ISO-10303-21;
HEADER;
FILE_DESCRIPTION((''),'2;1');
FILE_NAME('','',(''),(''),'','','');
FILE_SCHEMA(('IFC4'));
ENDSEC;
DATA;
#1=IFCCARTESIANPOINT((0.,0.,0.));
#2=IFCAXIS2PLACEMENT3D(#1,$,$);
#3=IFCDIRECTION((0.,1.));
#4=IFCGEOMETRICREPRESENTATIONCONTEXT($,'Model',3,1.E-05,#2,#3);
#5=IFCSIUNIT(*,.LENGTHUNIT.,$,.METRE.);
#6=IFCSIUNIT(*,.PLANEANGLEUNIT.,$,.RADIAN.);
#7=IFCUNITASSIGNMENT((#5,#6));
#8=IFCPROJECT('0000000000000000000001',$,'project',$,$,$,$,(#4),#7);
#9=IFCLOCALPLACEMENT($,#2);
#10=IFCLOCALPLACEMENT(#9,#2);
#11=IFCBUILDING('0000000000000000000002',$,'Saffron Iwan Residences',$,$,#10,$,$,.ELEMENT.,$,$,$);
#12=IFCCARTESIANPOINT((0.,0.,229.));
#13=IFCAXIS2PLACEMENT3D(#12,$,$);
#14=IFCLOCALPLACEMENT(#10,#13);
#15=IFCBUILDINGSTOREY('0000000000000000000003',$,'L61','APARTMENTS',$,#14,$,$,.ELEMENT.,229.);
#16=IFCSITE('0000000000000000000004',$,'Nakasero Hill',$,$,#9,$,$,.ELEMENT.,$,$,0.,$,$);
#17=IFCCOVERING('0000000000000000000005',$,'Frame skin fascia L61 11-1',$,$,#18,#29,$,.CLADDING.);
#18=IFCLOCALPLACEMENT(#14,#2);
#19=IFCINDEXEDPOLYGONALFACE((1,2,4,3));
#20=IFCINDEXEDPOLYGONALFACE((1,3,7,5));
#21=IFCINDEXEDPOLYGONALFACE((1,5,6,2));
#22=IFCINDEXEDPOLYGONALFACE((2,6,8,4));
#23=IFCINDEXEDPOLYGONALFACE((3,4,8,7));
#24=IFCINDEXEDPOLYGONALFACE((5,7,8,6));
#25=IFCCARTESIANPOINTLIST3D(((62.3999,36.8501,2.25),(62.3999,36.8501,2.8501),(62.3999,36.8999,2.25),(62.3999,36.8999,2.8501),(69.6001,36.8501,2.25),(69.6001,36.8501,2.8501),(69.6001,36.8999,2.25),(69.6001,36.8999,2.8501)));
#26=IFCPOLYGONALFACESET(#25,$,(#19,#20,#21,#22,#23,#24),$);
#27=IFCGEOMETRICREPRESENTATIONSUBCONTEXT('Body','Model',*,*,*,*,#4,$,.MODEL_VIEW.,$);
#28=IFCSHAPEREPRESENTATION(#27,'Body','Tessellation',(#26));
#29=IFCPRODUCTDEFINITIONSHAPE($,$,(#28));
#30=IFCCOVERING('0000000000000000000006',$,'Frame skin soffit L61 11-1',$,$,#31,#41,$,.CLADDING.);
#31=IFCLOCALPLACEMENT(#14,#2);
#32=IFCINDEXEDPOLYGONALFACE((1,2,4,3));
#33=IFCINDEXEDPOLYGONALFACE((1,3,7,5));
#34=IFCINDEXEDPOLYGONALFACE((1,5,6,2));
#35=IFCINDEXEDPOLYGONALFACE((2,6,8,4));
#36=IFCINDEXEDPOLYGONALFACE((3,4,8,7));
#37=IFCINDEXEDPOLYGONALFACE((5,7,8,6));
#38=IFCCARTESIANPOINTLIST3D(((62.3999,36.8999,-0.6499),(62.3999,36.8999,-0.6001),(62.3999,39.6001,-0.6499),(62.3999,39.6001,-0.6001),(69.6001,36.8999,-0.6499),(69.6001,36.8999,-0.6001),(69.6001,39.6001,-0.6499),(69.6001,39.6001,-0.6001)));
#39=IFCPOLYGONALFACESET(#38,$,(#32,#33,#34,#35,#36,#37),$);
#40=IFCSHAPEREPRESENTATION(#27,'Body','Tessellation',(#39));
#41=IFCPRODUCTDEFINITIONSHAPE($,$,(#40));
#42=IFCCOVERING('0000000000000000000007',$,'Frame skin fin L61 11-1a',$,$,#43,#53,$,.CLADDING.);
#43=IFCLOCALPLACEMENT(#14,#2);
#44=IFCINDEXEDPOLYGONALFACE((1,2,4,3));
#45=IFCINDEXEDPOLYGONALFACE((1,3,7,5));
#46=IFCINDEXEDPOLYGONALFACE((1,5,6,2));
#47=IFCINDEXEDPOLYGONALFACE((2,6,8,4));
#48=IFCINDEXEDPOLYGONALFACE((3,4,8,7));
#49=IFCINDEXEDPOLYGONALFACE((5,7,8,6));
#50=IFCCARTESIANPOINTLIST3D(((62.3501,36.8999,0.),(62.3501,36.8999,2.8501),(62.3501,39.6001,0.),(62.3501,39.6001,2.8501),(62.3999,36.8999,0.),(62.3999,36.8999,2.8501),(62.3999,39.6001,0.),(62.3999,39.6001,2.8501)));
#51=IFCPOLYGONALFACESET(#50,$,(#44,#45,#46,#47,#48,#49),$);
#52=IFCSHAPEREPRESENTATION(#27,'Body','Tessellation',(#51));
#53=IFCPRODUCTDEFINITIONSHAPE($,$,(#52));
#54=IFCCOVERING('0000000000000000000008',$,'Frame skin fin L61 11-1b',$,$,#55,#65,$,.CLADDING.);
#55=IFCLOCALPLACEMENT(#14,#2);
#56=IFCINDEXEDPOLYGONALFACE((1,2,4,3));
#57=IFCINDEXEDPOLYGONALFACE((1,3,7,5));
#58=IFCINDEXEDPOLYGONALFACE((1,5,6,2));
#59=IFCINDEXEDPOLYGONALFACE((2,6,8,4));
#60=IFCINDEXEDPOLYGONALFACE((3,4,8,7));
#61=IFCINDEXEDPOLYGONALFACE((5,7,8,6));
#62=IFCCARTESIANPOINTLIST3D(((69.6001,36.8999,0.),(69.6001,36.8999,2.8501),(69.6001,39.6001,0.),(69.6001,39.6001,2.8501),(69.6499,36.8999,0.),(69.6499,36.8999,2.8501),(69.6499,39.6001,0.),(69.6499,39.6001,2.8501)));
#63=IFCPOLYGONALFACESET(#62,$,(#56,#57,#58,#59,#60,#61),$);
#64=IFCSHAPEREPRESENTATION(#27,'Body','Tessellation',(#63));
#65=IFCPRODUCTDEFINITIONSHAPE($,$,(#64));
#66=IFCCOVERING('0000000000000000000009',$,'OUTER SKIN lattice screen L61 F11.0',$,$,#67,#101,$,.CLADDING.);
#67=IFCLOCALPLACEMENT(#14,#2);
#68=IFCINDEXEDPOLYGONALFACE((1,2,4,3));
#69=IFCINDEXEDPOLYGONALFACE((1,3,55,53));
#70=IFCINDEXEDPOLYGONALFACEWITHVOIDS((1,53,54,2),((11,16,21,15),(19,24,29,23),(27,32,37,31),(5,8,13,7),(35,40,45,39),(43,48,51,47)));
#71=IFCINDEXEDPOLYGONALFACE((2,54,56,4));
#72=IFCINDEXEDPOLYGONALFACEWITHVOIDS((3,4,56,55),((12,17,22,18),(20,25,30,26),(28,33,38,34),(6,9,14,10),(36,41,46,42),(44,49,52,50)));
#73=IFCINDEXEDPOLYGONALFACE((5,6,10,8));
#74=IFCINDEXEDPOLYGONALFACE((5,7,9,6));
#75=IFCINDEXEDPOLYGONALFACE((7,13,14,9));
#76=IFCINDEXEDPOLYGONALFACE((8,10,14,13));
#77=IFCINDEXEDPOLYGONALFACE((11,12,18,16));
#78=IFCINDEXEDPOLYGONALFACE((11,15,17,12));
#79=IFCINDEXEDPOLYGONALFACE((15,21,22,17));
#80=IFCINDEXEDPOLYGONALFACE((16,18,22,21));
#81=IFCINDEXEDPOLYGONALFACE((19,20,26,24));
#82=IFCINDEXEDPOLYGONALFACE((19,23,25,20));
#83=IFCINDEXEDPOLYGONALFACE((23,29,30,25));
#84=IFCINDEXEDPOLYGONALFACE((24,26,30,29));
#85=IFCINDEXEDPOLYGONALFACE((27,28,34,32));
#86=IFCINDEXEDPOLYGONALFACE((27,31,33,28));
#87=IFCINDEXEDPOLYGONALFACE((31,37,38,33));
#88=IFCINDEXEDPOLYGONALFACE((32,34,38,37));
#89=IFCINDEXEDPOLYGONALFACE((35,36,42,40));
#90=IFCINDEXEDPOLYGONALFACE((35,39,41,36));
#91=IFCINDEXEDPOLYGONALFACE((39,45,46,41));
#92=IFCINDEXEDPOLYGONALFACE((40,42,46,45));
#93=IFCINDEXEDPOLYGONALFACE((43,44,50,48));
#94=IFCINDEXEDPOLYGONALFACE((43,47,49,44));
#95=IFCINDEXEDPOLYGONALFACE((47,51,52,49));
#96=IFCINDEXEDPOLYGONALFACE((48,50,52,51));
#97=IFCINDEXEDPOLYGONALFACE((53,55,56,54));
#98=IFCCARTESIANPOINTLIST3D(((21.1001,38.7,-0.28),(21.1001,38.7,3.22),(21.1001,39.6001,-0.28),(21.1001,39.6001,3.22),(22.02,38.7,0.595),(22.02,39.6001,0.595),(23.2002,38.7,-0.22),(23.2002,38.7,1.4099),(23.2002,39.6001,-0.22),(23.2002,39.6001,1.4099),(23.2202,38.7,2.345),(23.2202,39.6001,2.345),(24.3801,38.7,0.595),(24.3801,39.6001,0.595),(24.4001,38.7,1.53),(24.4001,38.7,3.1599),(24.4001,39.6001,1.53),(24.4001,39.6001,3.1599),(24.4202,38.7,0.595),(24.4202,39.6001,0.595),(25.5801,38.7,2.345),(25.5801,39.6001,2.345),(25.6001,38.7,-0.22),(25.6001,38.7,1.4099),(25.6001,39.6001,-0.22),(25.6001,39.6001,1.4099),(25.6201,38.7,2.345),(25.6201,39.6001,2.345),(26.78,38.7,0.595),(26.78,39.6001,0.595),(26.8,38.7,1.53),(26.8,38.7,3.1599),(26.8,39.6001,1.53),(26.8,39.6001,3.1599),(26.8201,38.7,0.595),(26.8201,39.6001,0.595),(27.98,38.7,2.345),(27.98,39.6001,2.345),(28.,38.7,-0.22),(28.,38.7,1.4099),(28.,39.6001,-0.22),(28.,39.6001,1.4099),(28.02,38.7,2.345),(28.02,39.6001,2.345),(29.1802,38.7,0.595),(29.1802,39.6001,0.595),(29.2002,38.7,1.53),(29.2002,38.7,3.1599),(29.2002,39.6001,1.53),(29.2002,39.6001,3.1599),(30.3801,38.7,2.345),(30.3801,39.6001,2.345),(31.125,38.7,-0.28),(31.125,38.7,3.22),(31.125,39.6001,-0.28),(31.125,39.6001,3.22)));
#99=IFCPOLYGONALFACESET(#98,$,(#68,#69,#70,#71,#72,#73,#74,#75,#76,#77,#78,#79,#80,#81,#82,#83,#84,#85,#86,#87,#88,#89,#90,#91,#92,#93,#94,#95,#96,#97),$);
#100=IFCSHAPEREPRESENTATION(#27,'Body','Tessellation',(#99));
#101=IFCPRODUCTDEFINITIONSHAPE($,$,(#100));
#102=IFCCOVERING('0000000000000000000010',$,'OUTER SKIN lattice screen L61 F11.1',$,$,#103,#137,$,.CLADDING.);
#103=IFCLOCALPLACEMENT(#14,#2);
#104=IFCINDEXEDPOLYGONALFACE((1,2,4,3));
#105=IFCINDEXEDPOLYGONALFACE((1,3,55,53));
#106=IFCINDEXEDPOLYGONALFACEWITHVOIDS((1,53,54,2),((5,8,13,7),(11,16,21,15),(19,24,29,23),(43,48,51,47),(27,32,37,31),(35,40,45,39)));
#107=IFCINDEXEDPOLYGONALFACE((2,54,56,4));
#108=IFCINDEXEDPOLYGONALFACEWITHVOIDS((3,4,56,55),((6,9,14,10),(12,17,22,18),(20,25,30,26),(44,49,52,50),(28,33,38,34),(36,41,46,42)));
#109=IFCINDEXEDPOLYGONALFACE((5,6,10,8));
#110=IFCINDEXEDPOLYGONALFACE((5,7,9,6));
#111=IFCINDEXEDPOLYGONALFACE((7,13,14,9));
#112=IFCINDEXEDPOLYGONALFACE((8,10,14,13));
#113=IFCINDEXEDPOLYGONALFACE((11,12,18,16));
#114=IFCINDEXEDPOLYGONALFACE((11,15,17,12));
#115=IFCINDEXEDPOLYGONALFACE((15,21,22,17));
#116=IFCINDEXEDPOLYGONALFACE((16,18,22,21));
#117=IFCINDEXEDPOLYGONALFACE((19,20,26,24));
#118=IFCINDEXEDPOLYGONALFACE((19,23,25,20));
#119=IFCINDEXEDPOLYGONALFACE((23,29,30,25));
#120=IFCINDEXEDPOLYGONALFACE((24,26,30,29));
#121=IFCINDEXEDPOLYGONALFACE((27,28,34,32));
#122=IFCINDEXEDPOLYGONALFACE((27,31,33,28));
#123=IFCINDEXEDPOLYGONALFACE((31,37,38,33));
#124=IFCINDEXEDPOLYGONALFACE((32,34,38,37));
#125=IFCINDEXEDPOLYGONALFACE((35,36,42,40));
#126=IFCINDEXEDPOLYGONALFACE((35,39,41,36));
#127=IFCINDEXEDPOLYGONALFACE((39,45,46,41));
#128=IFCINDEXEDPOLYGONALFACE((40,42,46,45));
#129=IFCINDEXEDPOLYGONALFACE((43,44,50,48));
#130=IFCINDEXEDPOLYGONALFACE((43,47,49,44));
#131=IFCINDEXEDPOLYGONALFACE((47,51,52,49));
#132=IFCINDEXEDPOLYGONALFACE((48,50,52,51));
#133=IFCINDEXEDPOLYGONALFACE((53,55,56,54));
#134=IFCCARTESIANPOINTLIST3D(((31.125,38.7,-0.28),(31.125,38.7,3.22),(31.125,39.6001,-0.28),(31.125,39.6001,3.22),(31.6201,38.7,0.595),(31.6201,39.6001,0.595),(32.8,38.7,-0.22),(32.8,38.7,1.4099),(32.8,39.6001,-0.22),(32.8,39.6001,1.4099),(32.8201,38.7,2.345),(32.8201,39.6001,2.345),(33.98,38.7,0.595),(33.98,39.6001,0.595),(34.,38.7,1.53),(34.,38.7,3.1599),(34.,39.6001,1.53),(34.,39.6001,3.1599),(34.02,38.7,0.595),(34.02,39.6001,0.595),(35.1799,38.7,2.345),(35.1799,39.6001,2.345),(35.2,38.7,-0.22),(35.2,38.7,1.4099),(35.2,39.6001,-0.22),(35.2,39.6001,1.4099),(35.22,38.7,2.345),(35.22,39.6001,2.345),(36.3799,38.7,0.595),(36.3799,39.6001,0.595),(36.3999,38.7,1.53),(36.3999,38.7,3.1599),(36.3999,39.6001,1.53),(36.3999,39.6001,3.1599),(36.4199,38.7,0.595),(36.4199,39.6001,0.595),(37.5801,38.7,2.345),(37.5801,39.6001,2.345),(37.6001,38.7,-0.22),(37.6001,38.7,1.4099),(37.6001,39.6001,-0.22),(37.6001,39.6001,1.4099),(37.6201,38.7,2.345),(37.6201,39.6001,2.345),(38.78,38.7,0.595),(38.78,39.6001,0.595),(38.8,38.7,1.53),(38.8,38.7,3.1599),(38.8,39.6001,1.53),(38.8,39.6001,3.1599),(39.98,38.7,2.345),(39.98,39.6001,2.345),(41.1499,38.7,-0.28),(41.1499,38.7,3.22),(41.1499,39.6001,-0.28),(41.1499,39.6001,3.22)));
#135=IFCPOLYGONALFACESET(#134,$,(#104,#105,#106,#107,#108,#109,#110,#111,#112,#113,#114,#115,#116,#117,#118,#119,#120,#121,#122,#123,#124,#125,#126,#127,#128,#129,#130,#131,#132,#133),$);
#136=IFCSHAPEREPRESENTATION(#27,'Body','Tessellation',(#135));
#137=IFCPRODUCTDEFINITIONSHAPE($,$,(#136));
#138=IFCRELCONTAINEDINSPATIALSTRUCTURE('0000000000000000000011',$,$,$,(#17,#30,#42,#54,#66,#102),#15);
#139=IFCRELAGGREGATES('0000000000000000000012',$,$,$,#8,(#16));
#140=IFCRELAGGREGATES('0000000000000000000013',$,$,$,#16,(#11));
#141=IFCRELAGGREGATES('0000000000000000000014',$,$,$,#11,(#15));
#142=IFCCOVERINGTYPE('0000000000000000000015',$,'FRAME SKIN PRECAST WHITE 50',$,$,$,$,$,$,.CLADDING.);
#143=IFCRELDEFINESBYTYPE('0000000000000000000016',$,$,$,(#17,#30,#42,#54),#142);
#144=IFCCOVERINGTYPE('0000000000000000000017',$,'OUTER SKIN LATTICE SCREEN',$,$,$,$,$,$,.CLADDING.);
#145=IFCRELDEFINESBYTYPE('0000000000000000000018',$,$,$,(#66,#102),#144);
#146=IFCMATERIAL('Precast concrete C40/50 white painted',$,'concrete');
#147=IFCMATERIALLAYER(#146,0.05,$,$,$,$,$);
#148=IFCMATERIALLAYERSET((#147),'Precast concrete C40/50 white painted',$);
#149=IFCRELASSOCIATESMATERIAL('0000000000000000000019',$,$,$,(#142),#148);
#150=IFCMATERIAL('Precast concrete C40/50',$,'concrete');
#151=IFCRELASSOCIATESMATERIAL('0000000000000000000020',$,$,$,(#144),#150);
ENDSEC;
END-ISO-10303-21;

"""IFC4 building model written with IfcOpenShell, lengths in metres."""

from ifc_helpers import new_model, si_unit, direction, frame, origin, place, context, subcontext, project, spatial, polyline, outline, extrude, material, layer, layer_set, type_object, element, save


model = new_model("IFC4")

# Units and contexts
model_context = context("Model", 3, precision=1e-05, world=origin(), true_north=direction((0.0, 1.0)))
body_context = subcontext(model_context, "Body", "Model", "MODEL_VIEW")
ifc_project = project(units=[si_unit("LENGTHUNIT", "METRE"), si_unit("PLANEANGLEUNIT", "RADIAN")], contexts=[model_context])

# Site, building, storey
site_placement = place(None, origin())
site = spatial("IfcSite", under=ifc_project, at=site_placement, Name="Nakasero Hill", CompositionType="ELEMENT", RefElevation=0.0)
building_placement = place(site_placement, origin())
building = spatial("IfcBuilding", under=site, at=building_placement, Name="Saffron Iwan Residences", CompositionType="ELEMENT")
storey_placement = place(building_placement, frame((0.0, 0.0, 229.0)))
storey = spatial("IfcBuildingStorey", under=building, at=storey_placement, Name="L61", Description="APARTMENTS", CompositionType="ELEMENT", Elevation=229.0)

# Coverings
ifc_material_1 = material(Name="Precast concrete C40/50 white painted", Category="concrete")
ifc_layer_1 = layer(ifc_material_1, 0.05)
ifc_layer_set_1 = layer_set([ifc_layer_1], Name="Precast concrete C40/50 white painted")
covering_type_1 = type_object("IfcCoveringType", Name="FRAME SKIN PRECAST WHITE 50", PredefinedType="CLADDING", material=ifc_layer_set_1)
for number, where, name in (
    (1, (0.0, 0.0, 2.25), "Frame skin fascia L61 11-1"),
):
    element("IfcCovering", number, at=place(storey_placement, frame(where)), inside=storey, type_object=covering_type_1, Name=name, PredefinedType="CLADDING", context=body_context, shape_type="SweptSolid", body=[
        extrude(outline(polyline([(62.3999, 36.8501), (69.6001, 36.8501), (69.6001, 36.8999), (62.3999, 36.8999), (62.3999, 36.8501)])), origin(), (0.0, 0.0, 1.0), 0.6001),
    ])
covering_1_placement = place(storey_placement, frame((0.0, 0.0, -0.6499)))
element("IfcCovering", 2, at=covering_1_placement, inside=storey, type_object=covering_type_1, Name="Frame skin soffit L61 11-1", PredefinedType="CLADDING", context=body_context, shape_type="SweptSolid", body=[
    extrude(outline(polyline([(62.3999, 36.8999), (69.6001, 36.8999), (69.6001, 39.6001), (62.3999, 39.6001), (62.3999, 36.8999)])), origin(), (0.0, 0.0, 1.0), 0.0498),
])
covering_2_placement = place(storey_placement, origin())
element("IfcCovering", 3, at=covering_2_placement, inside=storey, type_object=covering_type_1, Name="Frame skin fin L61 11-1a", PredefinedType="CLADDING", context=body_context, shape_type="SweptSolid", body=[
    extrude(outline(polyline([(62.3501, 36.8999), (62.3999, 36.8999), (62.3999, 39.6001), (62.3501, 39.6001), (62.3501, 36.8999)])), origin(), (0.0, 0.0, 1.0), 2.8501),
])
covering_3_placement = place(storey_placement, origin())
element("IfcCovering", 4, at=covering_3_placement, inside=storey, type_object=covering_type_1, Name="Frame skin fin L61 11-1b", PredefinedType="CLADDING", context=body_context, shape_type="SweptSolid", body=[
    extrude(outline(polyline([(69.6001, 36.8999), (69.6499, 36.8999), (69.6499, 39.6001), (69.6001, 39.6001), (69.6001, 36.8999)])), origin(), (0.0, 0.0, 1.0), 2.8501),
])
ifc_material_2 = material(Name="Precast concrete C40/50", Category="concrete")
covering_type_2 = type_object("IfcCoveringType", Name="OUTER SKIN LATTICE SCREEN", PredefinedType="CLADDING", material=ifc_material_2)
covering_4_placement = place(storey_placement, frame((21.1001, 39.6001, -0.28), z_axis=(0.0, -1.0, 0.0), x_axis=(1.0, 0.0, 0.0)))
element("IfcCovering", 5, at=covering_4_placement, inside=storey, type_object=covering_type_2, Name="OUTER SKIN lattice screen L61 F11.0", PredefinedType="CLADDING", context=body_context, shape_type="SweptSolid", body=[
    extrude(outline(polyline([(0.0, 0.0), (10.0249, 0.0), (10.0249, 3.5), (0.0, 3.5), (0.0, 0.0)]), holes=[polyline([(0.9199, 0.875), (2.1001, 0.0601), (3.28, 0.875), (2.1001, 1.6899), (0.9199, 0.875)]), polyline([(3.3201, 0.875), (4.5, 0.0601), (5.6799, 0.875), (4.5, 1.6899), (3.3201, 0.875)]), polyline([(5.72, 0.875), (6.8999, 0.0601), (8.0801, 0.875), (6.8999, 1.6899), (5.72, 0.875)]), polyline([(2.1201, 2.625), (3.3, 1.8101), (4.48, 2.625), (3.3, 3.4399), (2.1201, 2.625)]), polyline([(4.52, 2.625), (5.7, 1.8101), (6.8799, 2.625), (5.7, 3.4399), (4.52, 2.625)]), polyline([(6.9199, 2.625), (8.1001, 1.8101), (9.28, 2.625), (8.1001, 3.4399), (6.9199, 2.625)])]), origin(), (0.0, 0.0, 1.0), 0.9001),
])
covering_5_placement = place(storey_placement, frame((31.125, 39.6001, -0.28), z_axis=(0.0, -1.0, 0.0), x_axis=(1.0, 0.0, 0.0)))
element("IfcCovering", 6, at=covering_5_placement, inside=storey, type_object=covering_type_2, Name="OUTER SKIN lattice screen L61 F11.1", PredefinedType="CLADDING", context=body_context, shape_type="SweptSolid", body=[
    extrude(outline(polyline([(0.0, 0.0), (10.0249, 0.0), (10.0249, 3.5), (0.0, 3.5), (0.0, 0.0)]), holes=[polyline([(0.4951, 0.875), (1.675, 0.0601), (2.855, 0.875), (1.675, 1.6899), (0.4951, 0.875)]), polyline([(2.895, 0.875), (4.075, 0.0601), (5.2549, 0.875), (4.075, 1.6899), (2.895, 0.875)]), polyline([(5.2949, 0.875), (6.4751, 0.0601), (7.655, 0.875), (6.4751, 1.6899), (5.2949, 0.875)]), polyline([(1.6951, 2.625), (2.875, 1.8101), (4.0549, 2.625), (2.875, 3.4399), (1.6951, 2.625)]), polyline([(4.095, 2.625), (5.2749, 1.8101), (6.4551, 2.625), (5.2749, 3.4399), (4.095, 2.625)]), polyline([(6.4951, 2.625), (7.675, 1.8101), (8.855, 2.625), (7.675, 3.4399), (6.4951, 2.625)])]), origin(), (0.0, 0.0, 1.0), 0.9001),
])

save(model, "model.ifc")
